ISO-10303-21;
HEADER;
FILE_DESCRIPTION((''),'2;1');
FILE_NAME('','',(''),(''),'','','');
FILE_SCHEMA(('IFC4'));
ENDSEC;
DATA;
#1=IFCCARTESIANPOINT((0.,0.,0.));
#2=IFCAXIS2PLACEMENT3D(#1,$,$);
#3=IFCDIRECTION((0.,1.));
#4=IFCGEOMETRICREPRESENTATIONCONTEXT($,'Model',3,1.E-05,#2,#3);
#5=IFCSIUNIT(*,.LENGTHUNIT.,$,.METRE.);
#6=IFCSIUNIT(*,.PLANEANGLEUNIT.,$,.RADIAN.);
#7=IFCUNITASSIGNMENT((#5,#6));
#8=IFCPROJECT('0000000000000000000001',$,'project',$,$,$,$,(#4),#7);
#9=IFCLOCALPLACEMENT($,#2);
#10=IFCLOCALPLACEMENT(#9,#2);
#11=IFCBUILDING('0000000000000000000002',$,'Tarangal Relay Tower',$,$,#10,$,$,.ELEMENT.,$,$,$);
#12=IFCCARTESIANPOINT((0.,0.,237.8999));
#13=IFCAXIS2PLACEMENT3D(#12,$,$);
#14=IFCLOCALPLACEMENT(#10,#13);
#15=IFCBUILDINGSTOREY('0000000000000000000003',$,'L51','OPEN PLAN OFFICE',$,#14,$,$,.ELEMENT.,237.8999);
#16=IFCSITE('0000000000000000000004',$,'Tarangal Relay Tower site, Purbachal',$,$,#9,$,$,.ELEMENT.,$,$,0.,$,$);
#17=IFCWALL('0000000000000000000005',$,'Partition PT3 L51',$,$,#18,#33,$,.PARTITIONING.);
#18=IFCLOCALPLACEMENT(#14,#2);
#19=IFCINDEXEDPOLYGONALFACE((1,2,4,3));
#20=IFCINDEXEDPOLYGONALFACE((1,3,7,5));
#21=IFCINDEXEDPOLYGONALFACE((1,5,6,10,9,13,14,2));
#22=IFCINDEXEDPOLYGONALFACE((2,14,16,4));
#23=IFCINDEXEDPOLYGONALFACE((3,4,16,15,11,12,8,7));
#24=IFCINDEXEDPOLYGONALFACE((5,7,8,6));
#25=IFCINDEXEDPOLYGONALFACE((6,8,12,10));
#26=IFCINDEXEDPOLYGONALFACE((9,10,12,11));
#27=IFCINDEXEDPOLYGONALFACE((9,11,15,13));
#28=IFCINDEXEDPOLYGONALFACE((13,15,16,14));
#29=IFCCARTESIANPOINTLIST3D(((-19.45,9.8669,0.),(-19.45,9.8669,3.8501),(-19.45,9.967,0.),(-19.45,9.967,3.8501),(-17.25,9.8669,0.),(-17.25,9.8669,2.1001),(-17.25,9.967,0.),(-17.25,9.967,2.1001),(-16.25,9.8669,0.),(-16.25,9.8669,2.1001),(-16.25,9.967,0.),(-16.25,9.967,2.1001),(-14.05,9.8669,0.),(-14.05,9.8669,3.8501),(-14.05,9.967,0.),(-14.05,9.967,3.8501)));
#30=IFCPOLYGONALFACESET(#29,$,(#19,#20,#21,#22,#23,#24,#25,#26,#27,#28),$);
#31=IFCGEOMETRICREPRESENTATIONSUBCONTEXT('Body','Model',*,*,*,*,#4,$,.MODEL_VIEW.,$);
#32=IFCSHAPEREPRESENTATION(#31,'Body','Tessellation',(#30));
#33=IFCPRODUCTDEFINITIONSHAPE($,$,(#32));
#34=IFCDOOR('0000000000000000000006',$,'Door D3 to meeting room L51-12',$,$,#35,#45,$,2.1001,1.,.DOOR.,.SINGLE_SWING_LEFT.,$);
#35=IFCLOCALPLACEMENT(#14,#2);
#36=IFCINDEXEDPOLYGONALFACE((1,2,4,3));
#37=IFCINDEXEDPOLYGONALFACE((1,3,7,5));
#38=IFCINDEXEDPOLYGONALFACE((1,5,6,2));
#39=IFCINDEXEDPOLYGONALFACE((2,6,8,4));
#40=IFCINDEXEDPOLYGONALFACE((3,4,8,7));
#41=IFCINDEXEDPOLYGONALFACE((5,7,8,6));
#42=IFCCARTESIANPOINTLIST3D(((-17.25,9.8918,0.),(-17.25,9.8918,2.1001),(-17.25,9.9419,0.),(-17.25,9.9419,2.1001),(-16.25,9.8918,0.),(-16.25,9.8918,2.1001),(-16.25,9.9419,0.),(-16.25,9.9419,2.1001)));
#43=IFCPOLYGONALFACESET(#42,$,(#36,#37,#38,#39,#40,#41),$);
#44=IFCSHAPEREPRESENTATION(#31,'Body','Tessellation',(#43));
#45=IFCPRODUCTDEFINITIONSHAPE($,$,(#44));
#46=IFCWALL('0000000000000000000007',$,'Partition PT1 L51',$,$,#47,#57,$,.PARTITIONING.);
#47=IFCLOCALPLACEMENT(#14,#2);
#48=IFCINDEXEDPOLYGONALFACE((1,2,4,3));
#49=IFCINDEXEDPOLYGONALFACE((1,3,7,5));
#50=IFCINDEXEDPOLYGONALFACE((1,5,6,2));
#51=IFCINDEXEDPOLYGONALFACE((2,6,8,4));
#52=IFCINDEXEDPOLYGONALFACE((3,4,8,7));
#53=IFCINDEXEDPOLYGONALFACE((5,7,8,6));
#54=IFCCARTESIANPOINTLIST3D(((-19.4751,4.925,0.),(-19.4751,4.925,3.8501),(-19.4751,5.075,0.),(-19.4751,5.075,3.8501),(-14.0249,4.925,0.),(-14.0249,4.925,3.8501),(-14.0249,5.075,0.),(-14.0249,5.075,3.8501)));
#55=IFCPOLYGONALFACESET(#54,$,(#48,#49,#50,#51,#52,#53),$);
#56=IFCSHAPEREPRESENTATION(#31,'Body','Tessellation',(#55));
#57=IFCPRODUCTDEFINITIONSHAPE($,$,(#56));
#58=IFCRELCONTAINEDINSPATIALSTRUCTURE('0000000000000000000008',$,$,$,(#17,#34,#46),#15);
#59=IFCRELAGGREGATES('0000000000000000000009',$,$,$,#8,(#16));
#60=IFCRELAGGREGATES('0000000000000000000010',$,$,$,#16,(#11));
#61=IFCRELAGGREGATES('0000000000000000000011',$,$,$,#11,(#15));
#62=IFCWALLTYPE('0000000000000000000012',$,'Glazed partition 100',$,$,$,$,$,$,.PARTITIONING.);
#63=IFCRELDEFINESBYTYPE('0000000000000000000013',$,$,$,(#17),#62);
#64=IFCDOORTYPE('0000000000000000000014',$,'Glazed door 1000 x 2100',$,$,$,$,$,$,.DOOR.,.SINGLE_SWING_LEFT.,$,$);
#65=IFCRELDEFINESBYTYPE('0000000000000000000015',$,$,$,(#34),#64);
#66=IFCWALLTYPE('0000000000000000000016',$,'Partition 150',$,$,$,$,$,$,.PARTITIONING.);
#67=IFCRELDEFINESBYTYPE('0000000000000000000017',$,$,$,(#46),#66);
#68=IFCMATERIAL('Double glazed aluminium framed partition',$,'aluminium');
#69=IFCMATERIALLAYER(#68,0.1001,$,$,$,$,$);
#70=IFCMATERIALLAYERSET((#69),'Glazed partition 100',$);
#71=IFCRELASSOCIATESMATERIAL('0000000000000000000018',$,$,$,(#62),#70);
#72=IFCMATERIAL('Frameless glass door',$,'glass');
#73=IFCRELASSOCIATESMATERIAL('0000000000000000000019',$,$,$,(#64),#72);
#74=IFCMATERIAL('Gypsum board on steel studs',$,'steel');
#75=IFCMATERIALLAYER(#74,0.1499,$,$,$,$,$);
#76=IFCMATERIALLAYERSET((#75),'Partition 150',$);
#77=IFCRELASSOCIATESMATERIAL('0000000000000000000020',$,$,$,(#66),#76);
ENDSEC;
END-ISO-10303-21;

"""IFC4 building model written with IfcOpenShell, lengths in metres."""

from ifc_helpers import new_model, si_unit, direction, frame, frame_2d, origin, place, context, subcontext, project, spatial, rectangle, extrude, material, layer, layer_set, type_object, element, fill, save


model = new_model("IFC4")

# Units and contexts
model_context = context("Model", 3, precision=1e-05, world=origin(), true_north=direction((0.0, 1.0)))
body_context = subcontext(model_context, "Body", "Model", "MODEL_VIEW")
ifc_project = project(units=[si_unit("LENGTHUNIT", "METRE"), si_unit("PLANEANGLEUNIT", "RADIAN")], contexts=[model_context])

# Site, building, storey
site_placement = place(None, origin())
site = spatial("IfcSite", under=ifc_project, at=site_placement, Name="Tarangal Relay Tower site, Purbachal", CompositionType="ELEMENT", RefElevation=0.0)
building_placement = place(site_placement, origin())
building = spatial("IfcBuilding", under=site, at=building_placement, Name="Tarangal Relay Tower", CompositionType="ELEMENT")
storey_placement = place(building_placement, frame((0.0, 0.0, 237.8999)))
storey = spatial("IfcBuildingStorey", under=building, at=storey_placement, Name="L51", Description="OPEN PLAN OFFICE", CompositionType="ELEMENT", Elevation=237.8999)

# Wall, opening, door
ifc_material_1 = material(Name="Double glazed aluminium framed partition", Category="aluminium")
ifc_layer_1 = layer(ifc_material_1, 0.1001)
ifc_layer_set_1 = layer_set([ifc_layer_1], Name="Glazed partition 100")
wall_type_1 = type_object("IfcWallType", Name="Glazed partition 100", PredefinedType="PARTITIONING", material=ifc_layer_set_1)
wall_1_placement = place(storey_placement, frame((-19.45, 9.917, 0.0), z_axis=(0.0, 0.0, 1.0), x_axis=(1.0, 0.0, 0.0)))
wall_1 = element("IfcWall", 1, at=wall_1_placement, inside=storey, type_object=wall_type_1, Name="Partition PT3 L51", PredefinedType="PARTITIONING", context=body_context, shape_type="SweptSolid", body=[
    extrude(rectangle(XDim=5.3999, YDim=0.1001, at=frame_2d((2.7, 0.0))), origin(), (0.0, 0.0, 1.0), 3.8501),
])
opening_1_placement = place(wall_1_placement, frame((2.2, 0.0, 0.0)))
opening_1 = element("IfcOpeningElement", 2, at=opening_1_placement, cuts=wall_1, PredefinedType="OPENING", context=body_context, shape_type="SweptSolid", body=[
    extrude(rectangle(XDim=1.0, YDim=2.1001, at=frame_2d((0.5, 1.05))), frame((0.0, 0.0601, 0.0), z_axis=(0.0, -1.0, 0.0), x_axis=(1.0, 0.0, 0.0)), (0.0, 0.0, 1.0), 0.1201),
])
ifc_material_2 = material(Name="Frameless glass door", Category="glass")
door_type_1 = type_object("IfcDoorType", Name="Glazed door 1000 x 2100", OperationType="SINGLE_SWING_LEFT", PredefinedType="DOOR", material=ifc_material_2)
door_1_placement = place(opening_1_placement, origin())
door_1 = element("IfcDoor", 3, at=door_1_placement, inside=storey, type_object=door_type_1, Name="Door D3 to meeting room L51-12", OperationType="SINGLE_SWING_LEFT", OverallHeight=2.1001, OverallWidth=1.0, PredefinedType="DOOR", context=body_context, shape_type="SweptSolid", body=[
    extrude(rectangle(XDim=1.0, YDim=2.1001, at=frame_2d((0.5, 1.05))), frame((0.0, 0.0249, 0.0), z_axis=(0.0, -1.0, 0.0), x_axis=(1.0, 0.0, 0.0)), (0.0, 0.0, 1.0), 0.05),
])
fill(opening_1, door_1)

# Wall
ifc_material_3 = material(Name="Gypsum board on steel studs", Category="steel")
ifc_layer_2 = layer(ifc_material_3, 0.1499)
ifc_layer_set_2 = layer_set([ifc_layer_2], Name="Partition 150")
wall_type_2 = type_object("IfcWallType", Name="Partition 150", PredefinedType="PARTITIONING", material=ifc_layer_set_2)
wall_2_placement = place(storey_placement, frame((-19.4751, 5.0, 0.0), z_axis=(0.0, 0.0, 1.0), x_axis=(1.0, 0.0, 0.0)))
element("IfcWall", 4, at=wall_2_placement, inside=storey, type_object=wall_type_2, Name="Partition PT1 L51", PredefinedType="PARTITIONING", context=body_context, shape_type="SweptSolid", body=[
    extrude(rectangle(XDim=5.4502, YDim=0.1499, at=frame_2d((2.7251, 0.0))), origin(), (0.0, 0.0, 1.0), 3.8501),
])

save(model, "model.ifc")
